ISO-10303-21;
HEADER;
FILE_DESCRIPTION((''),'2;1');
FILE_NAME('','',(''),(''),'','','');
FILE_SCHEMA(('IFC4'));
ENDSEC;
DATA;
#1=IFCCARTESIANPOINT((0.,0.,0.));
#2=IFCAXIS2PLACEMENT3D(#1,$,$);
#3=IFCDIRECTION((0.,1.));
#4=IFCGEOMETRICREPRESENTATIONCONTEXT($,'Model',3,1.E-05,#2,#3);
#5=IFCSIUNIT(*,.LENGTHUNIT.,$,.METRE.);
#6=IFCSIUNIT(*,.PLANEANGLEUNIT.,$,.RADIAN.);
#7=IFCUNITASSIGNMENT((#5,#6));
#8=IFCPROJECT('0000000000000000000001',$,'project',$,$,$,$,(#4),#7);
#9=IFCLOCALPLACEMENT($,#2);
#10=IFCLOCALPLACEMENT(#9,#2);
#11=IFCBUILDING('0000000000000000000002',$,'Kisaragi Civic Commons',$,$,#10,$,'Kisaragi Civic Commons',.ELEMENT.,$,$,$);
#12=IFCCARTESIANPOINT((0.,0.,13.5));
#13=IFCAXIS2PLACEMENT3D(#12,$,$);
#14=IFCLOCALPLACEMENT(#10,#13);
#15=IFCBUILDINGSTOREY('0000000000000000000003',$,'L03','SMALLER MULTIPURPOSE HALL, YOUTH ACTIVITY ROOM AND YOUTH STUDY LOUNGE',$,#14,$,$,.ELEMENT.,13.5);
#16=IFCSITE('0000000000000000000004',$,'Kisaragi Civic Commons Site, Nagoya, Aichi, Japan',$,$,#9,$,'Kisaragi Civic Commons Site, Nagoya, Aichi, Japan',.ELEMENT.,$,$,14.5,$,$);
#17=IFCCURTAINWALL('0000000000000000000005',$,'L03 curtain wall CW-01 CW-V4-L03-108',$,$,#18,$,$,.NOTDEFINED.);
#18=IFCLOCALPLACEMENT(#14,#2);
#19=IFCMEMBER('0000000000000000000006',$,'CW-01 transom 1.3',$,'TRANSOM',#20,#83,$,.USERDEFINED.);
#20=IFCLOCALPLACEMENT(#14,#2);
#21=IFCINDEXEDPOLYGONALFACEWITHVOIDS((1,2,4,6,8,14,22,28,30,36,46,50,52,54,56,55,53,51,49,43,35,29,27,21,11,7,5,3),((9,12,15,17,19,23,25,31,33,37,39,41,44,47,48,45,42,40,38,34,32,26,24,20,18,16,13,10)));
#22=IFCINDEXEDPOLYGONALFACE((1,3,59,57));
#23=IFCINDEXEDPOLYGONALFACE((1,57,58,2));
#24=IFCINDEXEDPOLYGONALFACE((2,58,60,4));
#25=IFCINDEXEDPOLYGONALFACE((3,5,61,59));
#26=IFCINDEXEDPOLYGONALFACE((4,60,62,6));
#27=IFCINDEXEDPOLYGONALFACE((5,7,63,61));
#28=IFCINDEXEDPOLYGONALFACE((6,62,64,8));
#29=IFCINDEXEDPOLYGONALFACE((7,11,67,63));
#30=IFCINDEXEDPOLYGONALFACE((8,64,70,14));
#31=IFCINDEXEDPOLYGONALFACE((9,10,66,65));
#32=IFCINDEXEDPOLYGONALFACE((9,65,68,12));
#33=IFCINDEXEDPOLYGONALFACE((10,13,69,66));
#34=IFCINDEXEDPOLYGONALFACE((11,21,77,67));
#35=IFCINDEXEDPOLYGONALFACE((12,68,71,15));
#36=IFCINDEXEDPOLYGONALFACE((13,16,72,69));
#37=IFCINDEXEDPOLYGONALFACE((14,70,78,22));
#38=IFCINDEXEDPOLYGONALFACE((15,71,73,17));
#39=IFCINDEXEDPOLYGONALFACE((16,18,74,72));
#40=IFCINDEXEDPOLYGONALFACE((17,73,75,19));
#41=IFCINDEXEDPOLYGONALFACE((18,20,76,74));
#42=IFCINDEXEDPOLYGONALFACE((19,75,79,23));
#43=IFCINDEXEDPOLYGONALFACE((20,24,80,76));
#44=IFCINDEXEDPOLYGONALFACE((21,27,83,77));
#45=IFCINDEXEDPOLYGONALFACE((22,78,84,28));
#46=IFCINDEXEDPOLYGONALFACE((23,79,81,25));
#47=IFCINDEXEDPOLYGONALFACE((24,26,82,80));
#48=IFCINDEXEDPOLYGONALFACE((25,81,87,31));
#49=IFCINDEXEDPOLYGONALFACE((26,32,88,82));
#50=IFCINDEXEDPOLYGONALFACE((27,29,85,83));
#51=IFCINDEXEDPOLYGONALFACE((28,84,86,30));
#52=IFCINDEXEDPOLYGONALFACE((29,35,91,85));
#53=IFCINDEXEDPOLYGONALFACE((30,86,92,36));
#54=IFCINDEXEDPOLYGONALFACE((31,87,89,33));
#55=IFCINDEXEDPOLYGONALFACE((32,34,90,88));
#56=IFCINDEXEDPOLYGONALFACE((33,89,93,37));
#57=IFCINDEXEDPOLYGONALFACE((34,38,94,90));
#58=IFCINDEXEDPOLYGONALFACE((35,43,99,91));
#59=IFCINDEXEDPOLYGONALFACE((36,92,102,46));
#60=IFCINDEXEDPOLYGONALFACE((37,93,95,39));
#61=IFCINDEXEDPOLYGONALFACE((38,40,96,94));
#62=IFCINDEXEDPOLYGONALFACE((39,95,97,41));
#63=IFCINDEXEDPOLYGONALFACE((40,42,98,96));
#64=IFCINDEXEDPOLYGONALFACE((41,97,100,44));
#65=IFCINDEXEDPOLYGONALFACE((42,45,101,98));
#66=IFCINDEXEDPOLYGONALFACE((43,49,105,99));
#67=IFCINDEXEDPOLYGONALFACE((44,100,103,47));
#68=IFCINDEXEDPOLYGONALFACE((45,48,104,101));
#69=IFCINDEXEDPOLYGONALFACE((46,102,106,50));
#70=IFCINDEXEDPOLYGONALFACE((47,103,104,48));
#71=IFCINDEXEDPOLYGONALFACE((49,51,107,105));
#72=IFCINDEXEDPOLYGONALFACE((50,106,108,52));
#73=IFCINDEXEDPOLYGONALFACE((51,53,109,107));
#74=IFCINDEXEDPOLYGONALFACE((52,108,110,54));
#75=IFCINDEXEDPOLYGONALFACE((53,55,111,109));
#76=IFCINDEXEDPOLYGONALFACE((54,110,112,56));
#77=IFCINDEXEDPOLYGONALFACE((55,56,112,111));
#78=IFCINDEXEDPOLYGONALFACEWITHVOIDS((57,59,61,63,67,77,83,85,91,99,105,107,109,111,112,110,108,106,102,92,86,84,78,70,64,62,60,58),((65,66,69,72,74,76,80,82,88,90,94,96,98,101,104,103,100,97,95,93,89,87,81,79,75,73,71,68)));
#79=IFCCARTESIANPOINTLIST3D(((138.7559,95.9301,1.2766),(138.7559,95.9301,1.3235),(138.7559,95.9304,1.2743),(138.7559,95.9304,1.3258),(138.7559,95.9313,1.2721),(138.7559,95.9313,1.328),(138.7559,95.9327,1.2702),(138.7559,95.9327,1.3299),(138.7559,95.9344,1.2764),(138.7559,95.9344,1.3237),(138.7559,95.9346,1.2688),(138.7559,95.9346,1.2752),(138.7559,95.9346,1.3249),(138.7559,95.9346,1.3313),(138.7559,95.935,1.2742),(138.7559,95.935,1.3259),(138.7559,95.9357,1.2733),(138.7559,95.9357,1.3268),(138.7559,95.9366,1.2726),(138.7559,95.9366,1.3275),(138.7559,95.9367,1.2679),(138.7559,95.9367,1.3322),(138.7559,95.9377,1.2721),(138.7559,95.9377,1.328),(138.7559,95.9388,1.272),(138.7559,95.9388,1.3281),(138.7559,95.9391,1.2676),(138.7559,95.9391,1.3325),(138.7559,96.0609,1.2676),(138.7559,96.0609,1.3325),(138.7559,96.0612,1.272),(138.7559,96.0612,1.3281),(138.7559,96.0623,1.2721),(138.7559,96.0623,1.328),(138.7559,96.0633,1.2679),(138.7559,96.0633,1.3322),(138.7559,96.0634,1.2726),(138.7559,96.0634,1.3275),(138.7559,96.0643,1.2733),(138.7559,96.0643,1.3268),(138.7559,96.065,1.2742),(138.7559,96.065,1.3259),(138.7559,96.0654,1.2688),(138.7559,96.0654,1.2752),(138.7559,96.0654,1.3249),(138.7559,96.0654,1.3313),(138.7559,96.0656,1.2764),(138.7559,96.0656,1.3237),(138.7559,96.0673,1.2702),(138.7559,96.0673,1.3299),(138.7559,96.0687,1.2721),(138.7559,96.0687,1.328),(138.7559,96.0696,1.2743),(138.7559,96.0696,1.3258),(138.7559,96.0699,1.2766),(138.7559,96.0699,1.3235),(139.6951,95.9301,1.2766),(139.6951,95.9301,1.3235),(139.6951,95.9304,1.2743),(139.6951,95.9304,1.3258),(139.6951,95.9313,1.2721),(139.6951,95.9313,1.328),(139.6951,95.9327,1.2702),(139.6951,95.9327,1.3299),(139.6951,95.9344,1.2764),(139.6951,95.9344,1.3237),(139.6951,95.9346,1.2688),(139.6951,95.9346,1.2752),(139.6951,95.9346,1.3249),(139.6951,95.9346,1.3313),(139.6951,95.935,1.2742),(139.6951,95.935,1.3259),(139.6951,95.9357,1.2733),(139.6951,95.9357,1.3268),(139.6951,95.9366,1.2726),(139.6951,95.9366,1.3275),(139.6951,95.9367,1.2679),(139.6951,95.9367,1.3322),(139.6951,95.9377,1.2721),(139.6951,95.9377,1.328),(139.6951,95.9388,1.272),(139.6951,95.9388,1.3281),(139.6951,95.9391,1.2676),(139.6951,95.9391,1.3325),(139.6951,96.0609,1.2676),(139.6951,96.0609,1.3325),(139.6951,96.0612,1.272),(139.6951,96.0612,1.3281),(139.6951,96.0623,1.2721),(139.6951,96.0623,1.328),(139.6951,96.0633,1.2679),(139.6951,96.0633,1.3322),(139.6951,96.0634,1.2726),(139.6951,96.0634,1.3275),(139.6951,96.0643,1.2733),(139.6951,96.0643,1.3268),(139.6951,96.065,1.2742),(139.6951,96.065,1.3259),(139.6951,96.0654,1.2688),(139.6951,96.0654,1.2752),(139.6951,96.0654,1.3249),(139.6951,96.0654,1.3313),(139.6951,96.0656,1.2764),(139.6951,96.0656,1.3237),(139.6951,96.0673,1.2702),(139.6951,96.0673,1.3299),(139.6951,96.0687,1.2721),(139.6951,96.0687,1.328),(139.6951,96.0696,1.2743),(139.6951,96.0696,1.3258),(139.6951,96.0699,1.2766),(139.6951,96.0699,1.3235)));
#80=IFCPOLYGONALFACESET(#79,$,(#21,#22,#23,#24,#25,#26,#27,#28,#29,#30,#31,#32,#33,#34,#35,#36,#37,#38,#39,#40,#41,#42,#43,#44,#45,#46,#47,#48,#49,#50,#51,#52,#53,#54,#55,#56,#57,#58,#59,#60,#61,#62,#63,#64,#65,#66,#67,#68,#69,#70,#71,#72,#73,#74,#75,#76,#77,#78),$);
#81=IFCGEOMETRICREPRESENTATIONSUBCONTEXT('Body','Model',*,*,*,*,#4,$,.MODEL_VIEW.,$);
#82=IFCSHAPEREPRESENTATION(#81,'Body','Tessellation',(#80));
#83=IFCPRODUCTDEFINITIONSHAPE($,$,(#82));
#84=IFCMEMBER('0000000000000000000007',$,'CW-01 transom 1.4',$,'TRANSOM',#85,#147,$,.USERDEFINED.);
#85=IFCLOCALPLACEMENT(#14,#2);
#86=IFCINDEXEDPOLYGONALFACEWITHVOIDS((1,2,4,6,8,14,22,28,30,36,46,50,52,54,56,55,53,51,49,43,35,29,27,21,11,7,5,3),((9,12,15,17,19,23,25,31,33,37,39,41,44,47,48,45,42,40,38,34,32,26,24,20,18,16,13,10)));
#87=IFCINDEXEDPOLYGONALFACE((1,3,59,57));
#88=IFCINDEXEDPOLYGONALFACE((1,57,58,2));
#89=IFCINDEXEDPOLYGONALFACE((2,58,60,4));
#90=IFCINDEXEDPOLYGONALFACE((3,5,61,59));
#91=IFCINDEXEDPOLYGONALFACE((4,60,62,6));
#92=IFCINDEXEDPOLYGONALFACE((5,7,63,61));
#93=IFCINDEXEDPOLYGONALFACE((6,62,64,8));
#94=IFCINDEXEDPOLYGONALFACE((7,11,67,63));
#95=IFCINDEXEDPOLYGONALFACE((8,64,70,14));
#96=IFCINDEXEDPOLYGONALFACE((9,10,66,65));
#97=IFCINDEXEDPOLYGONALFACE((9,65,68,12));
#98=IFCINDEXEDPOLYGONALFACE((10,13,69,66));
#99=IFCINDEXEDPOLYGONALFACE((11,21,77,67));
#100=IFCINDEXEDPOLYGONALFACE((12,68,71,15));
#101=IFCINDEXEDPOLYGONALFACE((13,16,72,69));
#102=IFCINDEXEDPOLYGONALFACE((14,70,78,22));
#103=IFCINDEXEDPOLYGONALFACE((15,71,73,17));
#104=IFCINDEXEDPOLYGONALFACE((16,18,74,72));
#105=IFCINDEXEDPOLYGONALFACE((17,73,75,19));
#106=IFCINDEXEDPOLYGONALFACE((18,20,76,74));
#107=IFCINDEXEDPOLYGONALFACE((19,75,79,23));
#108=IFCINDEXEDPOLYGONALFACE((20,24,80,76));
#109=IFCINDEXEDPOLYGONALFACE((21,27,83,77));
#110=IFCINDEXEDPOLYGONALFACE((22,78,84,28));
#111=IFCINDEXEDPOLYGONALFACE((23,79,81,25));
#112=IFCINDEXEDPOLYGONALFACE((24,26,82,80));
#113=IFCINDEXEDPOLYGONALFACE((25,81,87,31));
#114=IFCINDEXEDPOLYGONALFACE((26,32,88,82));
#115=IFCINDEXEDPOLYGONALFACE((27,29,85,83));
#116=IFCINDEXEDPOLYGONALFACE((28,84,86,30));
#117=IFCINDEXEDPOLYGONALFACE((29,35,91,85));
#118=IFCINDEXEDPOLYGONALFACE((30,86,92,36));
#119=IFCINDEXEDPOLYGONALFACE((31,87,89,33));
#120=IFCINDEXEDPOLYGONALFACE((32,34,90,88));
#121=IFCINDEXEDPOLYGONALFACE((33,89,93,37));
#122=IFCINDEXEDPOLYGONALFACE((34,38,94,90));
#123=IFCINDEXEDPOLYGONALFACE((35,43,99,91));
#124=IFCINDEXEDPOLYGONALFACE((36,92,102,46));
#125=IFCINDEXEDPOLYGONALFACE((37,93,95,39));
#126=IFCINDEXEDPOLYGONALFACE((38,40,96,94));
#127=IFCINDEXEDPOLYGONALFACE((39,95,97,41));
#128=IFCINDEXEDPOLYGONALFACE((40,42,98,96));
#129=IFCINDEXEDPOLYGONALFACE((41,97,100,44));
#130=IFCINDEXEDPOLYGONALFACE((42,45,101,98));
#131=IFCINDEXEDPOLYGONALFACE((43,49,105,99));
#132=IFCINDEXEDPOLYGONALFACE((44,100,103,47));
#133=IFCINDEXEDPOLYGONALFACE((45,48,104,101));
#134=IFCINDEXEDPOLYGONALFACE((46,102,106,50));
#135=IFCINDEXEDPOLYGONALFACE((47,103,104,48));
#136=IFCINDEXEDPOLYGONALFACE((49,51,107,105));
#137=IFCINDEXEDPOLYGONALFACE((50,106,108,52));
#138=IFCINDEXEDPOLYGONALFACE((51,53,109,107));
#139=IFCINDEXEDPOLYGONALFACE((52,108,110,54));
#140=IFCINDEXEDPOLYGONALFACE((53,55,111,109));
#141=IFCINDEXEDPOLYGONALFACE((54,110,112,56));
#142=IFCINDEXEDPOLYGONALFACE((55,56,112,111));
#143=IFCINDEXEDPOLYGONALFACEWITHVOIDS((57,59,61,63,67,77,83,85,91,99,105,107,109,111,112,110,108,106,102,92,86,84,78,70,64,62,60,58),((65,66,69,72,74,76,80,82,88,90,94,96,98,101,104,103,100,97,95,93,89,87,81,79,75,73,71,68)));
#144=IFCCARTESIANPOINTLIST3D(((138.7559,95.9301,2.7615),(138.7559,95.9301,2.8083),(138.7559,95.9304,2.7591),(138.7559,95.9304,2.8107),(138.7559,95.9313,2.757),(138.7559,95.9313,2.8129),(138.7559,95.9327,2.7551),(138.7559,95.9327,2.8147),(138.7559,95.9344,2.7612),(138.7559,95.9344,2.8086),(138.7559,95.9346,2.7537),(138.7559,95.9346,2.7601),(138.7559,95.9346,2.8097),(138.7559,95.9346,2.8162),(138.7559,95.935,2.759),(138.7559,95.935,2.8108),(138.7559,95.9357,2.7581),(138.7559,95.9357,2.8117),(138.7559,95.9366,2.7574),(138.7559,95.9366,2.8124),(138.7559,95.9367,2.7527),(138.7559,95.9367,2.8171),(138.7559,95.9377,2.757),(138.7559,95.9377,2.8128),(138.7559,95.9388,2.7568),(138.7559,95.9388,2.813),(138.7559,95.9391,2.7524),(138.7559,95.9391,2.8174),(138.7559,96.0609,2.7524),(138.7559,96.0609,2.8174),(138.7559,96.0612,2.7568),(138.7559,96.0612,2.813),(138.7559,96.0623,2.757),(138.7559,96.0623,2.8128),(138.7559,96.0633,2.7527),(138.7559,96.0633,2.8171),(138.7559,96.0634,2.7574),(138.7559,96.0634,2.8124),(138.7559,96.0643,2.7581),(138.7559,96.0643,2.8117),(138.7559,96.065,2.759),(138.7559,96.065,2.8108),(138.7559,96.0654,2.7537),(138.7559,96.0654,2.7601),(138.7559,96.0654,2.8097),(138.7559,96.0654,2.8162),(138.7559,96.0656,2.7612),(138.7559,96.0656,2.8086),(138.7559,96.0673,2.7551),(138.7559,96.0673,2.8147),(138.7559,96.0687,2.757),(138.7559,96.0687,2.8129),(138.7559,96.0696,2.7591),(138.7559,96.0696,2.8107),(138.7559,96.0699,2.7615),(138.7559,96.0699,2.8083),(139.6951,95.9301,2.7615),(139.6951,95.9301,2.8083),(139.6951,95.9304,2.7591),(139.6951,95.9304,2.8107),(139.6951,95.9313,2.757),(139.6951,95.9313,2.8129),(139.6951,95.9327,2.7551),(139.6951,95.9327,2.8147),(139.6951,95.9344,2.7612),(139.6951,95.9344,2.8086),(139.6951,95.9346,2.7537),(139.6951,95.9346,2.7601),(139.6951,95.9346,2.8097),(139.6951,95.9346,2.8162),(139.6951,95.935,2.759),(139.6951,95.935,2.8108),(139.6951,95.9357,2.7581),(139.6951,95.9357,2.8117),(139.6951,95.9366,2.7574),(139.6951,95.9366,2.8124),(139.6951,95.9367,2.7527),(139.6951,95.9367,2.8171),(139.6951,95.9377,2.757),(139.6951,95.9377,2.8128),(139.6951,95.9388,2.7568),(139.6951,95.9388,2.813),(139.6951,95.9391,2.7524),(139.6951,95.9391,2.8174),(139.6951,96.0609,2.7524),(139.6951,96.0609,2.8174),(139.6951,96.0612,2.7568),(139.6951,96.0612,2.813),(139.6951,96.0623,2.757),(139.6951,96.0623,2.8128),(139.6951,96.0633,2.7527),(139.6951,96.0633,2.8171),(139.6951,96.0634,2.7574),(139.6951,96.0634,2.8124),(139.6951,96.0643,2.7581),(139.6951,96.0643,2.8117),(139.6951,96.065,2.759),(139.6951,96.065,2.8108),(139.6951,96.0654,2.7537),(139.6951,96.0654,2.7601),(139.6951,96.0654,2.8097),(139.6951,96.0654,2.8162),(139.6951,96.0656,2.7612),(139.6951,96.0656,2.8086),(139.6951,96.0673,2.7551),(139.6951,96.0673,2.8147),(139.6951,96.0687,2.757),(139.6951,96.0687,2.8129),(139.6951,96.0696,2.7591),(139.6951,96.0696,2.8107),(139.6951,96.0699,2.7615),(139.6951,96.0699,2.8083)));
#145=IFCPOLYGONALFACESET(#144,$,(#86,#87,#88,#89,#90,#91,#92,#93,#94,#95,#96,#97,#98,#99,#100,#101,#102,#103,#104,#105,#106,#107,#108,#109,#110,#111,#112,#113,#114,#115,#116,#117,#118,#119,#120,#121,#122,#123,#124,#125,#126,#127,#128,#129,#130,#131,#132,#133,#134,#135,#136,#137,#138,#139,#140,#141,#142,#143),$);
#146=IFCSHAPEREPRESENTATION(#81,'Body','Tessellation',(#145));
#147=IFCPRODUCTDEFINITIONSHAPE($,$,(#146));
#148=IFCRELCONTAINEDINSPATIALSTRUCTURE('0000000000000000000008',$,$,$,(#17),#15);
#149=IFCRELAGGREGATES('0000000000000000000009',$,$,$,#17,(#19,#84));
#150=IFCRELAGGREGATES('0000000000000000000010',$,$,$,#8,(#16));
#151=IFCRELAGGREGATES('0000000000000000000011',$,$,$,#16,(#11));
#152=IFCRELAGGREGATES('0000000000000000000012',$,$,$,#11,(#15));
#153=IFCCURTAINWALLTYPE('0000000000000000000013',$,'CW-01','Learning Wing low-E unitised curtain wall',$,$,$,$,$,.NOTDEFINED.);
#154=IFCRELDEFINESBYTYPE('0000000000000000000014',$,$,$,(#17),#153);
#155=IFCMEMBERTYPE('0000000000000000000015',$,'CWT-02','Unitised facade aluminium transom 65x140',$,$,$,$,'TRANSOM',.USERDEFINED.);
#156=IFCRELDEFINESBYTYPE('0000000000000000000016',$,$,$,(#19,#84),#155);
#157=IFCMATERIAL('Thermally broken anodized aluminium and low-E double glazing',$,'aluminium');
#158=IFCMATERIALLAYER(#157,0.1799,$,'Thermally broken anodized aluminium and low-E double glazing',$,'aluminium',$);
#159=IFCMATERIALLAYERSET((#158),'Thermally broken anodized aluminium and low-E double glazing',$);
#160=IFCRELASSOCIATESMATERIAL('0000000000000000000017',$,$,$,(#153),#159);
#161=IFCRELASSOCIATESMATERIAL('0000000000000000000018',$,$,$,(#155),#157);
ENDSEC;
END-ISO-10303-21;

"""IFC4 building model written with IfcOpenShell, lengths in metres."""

from ifc_helpers import new_model, si_unit, direction, frame, origin, origin_2d, place, context, subcontext, project, spatial, hollow_rectangle, extrude, material, layer, layer_set, material_profile, profile_set, type_object, element, aggregate, save


model = new_model("IFC4")

# Units and contexts
model_context = context("Model", 3, precision=1e-05, world=origin(), true_north=direction((0.0, 1.0)))
body_context = subcontext(model_context, "Body", "Model", "MODEL_VIEW")
ifc_project = project(units=[si_unit("LENGTHUNIT", "METRE"), si_unit("PLANEANGLEUNIT", "RADIAN")], contexts=[model_context])

# Site, building, storey
site_placement = place(None, origin())
site = spatial("IfcSite", under=ifc_project, at=site_placement, Name="Kisaragi Civic Commons Site, Nagoya, Aichi, Japan", LongName="Kisaragi Civic Commons Site, Nagoya, Aichi, Japan", CompositionType="ELEMENT", RefElevation=14.5)
building_placement = place(site_placement, origin())
building = spatial("IfcBuilding", under=site, at=building_placement, Name="Kisaragi Civic Commons", LongName="Kisaragi Civic Commons", CompositionType="ELEMENT")
storey_placement = place(building_placement, frame((0.0, 0.0, 13.5)))
storey = spatial("IfcBuildingStorey", under=building, at=storey_placement, Name="L03", Description="SMALLER MULTIPURPOSE HALL, YOUTH ACTIVITY ROOM AND YOUTH STUDY LOUNGE", CompositionType="ELEMENT", Elevation=13.5)

# Shared definitions
ifc_material = material(Name="Thermally broken anodized aluminium and low-E double glazing", Category="aluminium")
ifc_layer_1 = layer(ifc_material, 0.1799, Name="Thermally broken anodized aluminium and low-E double glazing", Category="aluminium")
ifc_layer_set_1 = layer_set([ifc_layer_1], Name="Thermally broken anodized aluminium and low-E double glazing")
curtain_wall_type = type_object("IfcCurtainWallType", Name="CW-01", Description="Learning Wing low-E unitised curtain wall", PredefinedType="NOTDEFINED", material=ifc_layer_set_1)

# Curtain wall, members
curtain_wall_1_placement = place(storey_placement, origin())
curtain_wall_1 = element("IfcCurtainWall", 1, at=curtain_wall_1_placement, inside=storey, type_object=curtain_wall_type, Name="L03 curtain wall CW-01 CW-V4-L03-108", PredefinedType="NOTDEFINED")
ifc_material_profile_1 = material_profile(ifc_material, hollow_rectangle(XDim=0.1399, YDim=0.0649, WallThickness=0.0044, InnerFilletRadius=0.0044, OuterFilletRadius=0.009, at=origin_2d()), Name="CWT-65x140x4.5", Category="aluminium")
ifc_profile_set_1 = profile_set([ifc_material_profile_1], Name="Thermally broken anodized aluminium and low-E double glazing")
member_type_1 = type_object("IfcMemberType", Name="CWT-02", Description="Unitised facade aluminium transom 65x140", ElementType="TRANSOM", PredefinedType="USERDEFINED", material=ifc_profile_set_1)
member_1_placement = place(storey_placement, frame((139.6951, 96.0, 1.3), z_axis=(-1.0, 0.0, 0.0), x_axis=(0.0, -1.0, 0.0)))
member_1 = element("IfcMember", 2, at=member_1_placement, type_object=member_type_1, Name="CW-01 transom 1.3", ObjectType="TRANSOM", PredefinedType="USERDEFINED", context=body_context, shape_type="SweptSolid", body=[
    extrude(hollow_rectangle(XDim=0.1399, YDim=0.0649, WallThickness=0.0044, InnerFilletRadius=0.0044, OuterFilletRadius=0.009, at=origin_2d()), origin(), (0.0, 0.0, 1.0), 0.9392),
])
member_2_placement = place(storey_placement, frame((139.6951, 96.0, 2.7849), z_axis=(-1.0, 0.0, 0.0), x_axis=(0.0, -1.0, 0.0)))
member_2 = element("IfcMember", 3, at=member_2_placement, type_object=member_type_1, Name="CW-01 transom 1.4", ObjectType="TRANSOM", PredefinedType="USERDEFINED", context=body_context, shape_type="SweptSolid", body=[
    extrude(hollow_rectangle(XDim=0.1399, YDim=0.0649, WallThickness=0.0044, InnerFilletRadius=0.0044, OuterFilletRadius=0.009, at=origin_2d()), origin(), (0.0, 0.0, 1.0), 0.9392),
])
aggregate(curtain_wall_1, [member_1, member_2])

save(model, "model.ifc")
